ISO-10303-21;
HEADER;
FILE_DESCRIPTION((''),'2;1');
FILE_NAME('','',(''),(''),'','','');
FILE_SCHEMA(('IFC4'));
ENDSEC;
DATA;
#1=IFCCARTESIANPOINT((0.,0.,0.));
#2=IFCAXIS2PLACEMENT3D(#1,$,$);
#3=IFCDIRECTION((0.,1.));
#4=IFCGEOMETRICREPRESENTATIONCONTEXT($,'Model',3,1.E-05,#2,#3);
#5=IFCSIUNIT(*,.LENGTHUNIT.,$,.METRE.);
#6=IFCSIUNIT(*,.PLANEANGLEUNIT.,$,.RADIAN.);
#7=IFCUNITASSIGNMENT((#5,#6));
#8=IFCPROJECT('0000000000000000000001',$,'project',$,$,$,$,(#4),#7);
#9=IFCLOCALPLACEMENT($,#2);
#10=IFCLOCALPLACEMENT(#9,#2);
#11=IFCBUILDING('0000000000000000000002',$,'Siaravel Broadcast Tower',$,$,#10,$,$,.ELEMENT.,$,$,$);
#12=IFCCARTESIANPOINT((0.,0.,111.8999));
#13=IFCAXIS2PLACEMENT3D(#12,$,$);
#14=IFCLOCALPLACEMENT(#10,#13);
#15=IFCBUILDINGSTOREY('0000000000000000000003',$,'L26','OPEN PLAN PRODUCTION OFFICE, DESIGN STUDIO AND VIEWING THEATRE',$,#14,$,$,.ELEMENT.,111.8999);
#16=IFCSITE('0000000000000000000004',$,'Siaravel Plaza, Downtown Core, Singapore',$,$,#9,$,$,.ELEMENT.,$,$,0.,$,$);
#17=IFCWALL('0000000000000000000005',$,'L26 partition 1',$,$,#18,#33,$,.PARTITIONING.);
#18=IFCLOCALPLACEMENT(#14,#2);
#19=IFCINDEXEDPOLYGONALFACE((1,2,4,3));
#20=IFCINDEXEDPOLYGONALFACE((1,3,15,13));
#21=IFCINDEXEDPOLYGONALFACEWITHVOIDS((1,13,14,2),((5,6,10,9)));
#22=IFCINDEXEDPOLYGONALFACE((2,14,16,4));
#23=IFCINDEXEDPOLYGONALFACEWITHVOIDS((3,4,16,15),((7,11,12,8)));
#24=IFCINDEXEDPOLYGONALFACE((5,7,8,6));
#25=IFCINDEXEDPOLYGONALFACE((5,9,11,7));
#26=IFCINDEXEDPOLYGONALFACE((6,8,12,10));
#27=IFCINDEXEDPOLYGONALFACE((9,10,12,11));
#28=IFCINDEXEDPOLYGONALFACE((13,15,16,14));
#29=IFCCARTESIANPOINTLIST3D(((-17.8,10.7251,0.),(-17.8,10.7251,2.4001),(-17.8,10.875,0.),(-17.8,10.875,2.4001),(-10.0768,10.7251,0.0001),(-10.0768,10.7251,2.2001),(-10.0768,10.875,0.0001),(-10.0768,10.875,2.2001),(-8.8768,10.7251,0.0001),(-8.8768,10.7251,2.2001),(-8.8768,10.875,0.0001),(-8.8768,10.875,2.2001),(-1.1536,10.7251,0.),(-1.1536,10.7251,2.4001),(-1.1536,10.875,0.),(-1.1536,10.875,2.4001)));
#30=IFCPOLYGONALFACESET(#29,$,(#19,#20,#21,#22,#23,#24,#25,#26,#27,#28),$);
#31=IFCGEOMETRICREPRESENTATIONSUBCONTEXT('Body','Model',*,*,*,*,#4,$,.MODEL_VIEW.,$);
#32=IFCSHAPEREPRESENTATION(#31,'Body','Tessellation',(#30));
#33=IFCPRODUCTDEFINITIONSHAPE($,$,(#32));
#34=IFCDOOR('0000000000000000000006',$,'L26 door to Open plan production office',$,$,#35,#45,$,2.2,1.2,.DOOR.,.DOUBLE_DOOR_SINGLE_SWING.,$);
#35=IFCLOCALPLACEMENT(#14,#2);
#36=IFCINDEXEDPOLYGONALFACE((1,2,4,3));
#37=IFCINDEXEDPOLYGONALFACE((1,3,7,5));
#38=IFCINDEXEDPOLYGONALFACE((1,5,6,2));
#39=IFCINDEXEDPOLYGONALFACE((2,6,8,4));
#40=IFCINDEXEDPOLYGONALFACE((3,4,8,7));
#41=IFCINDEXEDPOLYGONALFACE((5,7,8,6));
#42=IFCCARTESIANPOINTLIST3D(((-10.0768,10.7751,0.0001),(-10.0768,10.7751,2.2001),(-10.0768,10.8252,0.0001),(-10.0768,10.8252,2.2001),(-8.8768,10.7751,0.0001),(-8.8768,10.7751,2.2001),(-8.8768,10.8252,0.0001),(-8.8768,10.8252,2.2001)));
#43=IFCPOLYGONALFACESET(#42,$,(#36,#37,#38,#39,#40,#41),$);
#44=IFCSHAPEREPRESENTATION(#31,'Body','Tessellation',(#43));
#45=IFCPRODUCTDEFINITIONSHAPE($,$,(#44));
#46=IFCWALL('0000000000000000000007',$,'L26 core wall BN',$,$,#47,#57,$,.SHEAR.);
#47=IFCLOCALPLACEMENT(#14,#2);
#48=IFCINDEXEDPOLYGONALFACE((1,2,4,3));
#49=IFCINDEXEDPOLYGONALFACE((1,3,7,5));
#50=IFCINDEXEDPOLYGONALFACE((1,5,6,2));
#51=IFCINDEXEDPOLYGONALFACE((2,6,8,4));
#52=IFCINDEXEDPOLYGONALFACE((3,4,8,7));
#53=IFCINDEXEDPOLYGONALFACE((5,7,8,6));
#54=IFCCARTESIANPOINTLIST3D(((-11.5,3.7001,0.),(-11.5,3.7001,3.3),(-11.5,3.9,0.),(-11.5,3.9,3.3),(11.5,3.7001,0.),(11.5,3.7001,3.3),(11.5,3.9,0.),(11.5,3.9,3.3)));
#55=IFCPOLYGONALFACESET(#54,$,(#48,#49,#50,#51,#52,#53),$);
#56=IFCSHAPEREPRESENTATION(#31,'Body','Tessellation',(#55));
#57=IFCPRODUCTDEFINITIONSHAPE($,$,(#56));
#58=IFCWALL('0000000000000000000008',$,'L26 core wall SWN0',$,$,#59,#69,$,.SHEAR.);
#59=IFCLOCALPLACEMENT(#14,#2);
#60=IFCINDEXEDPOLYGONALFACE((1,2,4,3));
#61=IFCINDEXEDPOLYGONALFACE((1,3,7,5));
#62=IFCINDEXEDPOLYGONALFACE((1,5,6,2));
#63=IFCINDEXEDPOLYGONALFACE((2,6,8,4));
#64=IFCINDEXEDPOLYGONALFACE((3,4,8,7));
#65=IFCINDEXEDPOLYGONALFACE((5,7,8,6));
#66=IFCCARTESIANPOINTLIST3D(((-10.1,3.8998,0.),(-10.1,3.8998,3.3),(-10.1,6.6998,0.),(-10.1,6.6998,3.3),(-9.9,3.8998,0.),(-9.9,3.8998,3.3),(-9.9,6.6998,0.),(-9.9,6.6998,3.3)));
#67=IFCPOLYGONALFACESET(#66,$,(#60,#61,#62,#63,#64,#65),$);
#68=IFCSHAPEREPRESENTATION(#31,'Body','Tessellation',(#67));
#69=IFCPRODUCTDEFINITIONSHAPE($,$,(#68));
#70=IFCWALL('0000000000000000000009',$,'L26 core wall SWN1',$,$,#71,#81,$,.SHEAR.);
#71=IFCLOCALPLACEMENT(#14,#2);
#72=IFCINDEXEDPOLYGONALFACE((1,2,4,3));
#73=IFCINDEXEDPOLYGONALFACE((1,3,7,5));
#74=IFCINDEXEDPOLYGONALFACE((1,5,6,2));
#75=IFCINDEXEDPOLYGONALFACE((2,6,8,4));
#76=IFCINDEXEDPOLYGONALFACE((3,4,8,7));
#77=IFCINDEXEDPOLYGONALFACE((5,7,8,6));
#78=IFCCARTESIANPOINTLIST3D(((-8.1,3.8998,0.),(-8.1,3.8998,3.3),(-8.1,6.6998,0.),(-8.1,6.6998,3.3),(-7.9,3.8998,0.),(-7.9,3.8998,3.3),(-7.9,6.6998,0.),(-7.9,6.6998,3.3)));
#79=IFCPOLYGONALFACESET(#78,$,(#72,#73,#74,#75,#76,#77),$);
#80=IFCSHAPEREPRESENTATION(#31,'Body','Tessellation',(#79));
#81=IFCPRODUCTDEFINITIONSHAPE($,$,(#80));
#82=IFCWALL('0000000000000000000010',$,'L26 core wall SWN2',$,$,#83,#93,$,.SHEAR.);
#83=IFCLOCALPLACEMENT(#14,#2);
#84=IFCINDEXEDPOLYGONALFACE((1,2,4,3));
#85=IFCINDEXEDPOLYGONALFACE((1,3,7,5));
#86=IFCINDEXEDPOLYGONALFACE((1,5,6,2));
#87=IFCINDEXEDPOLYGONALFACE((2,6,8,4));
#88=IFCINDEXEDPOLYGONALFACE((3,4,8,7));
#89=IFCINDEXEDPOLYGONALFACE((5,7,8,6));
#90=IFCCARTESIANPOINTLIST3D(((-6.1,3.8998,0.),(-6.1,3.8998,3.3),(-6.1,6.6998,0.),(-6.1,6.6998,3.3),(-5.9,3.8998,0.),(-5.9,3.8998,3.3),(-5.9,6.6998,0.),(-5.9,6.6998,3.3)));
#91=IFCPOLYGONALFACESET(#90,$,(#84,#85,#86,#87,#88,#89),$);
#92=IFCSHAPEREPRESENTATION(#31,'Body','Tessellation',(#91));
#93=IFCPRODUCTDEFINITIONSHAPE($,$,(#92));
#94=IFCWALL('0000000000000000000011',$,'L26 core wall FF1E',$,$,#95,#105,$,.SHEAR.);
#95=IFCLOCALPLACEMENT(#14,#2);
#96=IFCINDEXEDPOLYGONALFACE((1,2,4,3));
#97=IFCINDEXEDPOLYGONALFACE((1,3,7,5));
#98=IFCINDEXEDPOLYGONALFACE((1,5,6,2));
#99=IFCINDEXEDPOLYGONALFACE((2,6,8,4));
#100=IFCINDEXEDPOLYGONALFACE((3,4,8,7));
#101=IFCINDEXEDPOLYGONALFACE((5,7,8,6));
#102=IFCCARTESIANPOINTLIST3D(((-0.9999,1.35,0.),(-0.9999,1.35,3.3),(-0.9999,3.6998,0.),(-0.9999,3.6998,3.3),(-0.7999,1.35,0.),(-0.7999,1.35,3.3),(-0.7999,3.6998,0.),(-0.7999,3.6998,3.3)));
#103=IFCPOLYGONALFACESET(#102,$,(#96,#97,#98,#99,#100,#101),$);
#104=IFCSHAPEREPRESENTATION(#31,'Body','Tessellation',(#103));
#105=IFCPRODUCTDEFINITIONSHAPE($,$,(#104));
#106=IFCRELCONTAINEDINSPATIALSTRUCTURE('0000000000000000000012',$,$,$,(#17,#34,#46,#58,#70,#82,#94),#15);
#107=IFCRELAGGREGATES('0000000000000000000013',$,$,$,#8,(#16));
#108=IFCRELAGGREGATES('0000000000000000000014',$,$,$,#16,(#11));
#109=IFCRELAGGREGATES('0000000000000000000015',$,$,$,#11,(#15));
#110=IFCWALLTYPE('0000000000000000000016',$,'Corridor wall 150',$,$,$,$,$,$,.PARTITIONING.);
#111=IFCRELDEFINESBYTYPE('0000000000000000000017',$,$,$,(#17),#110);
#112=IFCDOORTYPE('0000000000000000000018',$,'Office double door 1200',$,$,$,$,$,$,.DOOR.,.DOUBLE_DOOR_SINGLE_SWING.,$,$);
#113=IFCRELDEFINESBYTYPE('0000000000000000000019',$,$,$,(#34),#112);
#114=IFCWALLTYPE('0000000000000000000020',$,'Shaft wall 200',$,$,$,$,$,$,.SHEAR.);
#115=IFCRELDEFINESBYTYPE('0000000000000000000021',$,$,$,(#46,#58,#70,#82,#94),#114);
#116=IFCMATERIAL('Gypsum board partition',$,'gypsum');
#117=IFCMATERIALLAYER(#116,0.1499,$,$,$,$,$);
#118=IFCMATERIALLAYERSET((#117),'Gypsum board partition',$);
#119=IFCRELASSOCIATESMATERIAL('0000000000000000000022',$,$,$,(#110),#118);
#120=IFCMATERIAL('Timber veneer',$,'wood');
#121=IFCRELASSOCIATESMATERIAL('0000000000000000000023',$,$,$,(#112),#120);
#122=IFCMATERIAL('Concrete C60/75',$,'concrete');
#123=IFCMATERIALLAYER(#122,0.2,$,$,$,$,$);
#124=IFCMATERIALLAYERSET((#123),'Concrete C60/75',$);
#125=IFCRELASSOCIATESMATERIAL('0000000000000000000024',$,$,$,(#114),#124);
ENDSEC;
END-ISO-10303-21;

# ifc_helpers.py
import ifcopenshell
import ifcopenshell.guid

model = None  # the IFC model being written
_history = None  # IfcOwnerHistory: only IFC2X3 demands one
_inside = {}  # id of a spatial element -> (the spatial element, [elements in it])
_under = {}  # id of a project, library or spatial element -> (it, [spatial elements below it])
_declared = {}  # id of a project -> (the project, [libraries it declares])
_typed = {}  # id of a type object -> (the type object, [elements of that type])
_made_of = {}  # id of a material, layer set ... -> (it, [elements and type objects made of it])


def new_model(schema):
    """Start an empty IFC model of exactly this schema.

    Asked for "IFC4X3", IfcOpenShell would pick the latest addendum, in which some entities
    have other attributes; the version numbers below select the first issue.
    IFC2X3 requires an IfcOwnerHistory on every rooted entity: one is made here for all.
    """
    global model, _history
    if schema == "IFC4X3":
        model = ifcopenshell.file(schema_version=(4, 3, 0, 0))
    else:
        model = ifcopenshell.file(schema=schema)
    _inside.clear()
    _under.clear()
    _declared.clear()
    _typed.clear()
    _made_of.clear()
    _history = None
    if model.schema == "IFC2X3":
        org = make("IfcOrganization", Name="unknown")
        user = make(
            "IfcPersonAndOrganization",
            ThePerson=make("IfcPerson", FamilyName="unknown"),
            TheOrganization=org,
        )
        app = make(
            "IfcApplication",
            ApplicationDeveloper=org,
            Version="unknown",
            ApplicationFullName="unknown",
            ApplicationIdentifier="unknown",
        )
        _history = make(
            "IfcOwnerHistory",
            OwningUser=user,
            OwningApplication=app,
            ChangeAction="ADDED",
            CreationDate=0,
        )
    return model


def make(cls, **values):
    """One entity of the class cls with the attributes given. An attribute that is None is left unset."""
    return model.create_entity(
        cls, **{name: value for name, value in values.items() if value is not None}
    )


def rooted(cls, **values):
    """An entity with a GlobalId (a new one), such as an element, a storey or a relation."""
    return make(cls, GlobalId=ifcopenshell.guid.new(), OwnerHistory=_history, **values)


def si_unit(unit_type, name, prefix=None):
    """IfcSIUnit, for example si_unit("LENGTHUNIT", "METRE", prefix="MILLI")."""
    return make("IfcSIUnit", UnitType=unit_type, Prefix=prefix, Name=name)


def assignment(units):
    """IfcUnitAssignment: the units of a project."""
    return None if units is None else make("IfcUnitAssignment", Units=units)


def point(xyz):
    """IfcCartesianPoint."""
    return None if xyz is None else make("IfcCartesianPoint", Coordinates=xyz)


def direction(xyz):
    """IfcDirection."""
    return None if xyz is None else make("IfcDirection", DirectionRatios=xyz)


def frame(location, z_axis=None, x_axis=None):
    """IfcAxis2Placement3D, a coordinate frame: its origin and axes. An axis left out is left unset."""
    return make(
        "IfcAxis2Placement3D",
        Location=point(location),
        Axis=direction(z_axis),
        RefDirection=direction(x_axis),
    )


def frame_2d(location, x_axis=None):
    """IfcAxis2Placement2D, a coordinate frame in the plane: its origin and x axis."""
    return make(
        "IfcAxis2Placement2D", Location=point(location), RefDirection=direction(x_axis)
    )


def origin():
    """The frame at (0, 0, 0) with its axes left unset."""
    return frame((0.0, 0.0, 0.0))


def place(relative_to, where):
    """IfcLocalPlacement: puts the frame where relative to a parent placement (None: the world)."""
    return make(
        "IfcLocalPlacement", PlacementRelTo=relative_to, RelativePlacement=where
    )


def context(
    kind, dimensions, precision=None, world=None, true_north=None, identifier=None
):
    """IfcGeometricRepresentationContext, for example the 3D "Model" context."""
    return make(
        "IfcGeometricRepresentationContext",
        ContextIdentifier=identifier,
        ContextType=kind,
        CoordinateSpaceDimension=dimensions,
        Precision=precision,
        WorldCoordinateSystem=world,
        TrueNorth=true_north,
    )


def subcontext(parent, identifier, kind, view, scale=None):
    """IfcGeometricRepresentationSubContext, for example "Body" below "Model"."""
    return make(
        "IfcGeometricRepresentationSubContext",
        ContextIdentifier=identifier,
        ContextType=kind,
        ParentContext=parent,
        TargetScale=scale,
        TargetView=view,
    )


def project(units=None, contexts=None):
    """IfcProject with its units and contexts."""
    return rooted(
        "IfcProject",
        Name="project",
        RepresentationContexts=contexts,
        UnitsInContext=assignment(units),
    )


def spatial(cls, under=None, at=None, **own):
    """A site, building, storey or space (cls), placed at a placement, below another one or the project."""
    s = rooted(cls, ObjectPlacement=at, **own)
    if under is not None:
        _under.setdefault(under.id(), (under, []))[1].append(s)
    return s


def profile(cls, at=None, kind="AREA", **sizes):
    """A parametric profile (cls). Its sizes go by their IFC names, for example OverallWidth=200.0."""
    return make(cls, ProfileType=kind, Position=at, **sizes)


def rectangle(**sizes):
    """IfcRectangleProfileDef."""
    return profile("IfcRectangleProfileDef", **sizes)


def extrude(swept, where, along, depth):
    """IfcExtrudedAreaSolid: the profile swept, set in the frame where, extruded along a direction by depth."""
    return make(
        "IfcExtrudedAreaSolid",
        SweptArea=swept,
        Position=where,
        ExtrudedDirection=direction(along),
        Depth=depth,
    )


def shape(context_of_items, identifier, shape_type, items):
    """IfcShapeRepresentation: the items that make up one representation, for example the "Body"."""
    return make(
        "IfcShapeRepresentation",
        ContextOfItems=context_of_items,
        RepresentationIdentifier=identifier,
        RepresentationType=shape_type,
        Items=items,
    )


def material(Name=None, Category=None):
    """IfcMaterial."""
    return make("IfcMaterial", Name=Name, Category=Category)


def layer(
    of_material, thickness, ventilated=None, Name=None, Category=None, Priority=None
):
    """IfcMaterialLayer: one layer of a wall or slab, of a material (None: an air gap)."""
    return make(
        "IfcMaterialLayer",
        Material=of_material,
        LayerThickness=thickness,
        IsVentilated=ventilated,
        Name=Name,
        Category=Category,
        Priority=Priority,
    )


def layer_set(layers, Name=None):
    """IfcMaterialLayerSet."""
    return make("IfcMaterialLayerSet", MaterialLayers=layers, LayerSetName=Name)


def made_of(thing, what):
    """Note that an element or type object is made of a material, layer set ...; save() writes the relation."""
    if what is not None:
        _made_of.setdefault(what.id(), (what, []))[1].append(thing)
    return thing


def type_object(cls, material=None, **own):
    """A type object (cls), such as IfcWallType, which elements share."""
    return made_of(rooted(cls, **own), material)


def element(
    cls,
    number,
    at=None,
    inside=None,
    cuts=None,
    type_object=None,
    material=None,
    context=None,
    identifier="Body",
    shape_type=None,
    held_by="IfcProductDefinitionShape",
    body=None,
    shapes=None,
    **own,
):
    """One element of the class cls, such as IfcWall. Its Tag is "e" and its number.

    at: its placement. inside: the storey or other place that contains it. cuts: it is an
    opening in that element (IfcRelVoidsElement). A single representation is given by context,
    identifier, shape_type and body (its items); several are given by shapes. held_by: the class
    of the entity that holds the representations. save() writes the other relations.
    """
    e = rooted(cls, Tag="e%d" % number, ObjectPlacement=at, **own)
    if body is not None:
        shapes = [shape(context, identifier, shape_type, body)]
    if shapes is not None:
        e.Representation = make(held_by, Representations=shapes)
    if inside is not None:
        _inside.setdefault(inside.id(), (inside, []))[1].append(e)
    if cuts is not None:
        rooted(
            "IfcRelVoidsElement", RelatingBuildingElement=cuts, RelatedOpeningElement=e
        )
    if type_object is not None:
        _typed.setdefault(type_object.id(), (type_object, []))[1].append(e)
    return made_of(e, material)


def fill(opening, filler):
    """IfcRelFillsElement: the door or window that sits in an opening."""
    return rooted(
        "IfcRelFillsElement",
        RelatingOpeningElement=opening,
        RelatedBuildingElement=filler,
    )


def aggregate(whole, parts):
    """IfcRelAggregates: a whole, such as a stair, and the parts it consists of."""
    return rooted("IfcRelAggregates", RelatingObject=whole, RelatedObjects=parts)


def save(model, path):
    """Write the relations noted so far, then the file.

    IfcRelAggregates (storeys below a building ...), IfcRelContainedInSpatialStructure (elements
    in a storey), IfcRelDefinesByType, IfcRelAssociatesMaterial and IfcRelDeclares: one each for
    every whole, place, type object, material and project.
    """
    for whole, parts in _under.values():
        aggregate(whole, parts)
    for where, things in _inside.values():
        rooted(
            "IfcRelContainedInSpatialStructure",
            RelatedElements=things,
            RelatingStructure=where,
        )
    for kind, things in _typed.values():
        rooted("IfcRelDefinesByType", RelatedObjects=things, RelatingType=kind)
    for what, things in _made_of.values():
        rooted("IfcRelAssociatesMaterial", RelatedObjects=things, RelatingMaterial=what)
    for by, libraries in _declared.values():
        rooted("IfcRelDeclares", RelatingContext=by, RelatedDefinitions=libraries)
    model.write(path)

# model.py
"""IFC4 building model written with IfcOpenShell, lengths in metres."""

from ifc_helpers import new_model, si_unit, direction, frame, frame_2d, origin, place, context, subcontext, project, spatial, rectangle, extrude, material, layer, layer_set, type_object, element, fill, save


model = new_model("IFC4")

# Units and contexts
model_context = context("Model", 3, precision=1e-05, world=origin(), true_north=direction((0.0, 1.0)))
body_context = subcontext(model_context, "Body", "Model", "MODEL_VIEW")
ifc_project = project(units=[si_unit("LENGTHUNIT", "METRE"), si_unit("PLANEANGLEUNIT", "RADIAN")], contexts=[model_context])

# Site, building, storey
site_placement = place(None, origin())
site = spatial("IfcSite", under=ifc_project, at=site_placement, Name="Siaravel Plaza, Downtown Core, Singapore", CompositionType="ELEMENT", RefElevation=0.0)
building_placement = place(site_placement, origin())
building = spatial("IfcBuilding", under=site, at=building_placement, Name="Siaravel Broadcast Tower", CompositionType="ELEMENT")
storey_placement = place(building_placement, frame((0.0, 0.0, 111.8999)))
storey = spatial("IfcBuildingStorey", under=building, at=storey_placement, Name="L26", Description="OPEN PLAN PRODUCTION OFFICE, DESIGN STUDIO AND VIEWING THEATRE", CompositionType="ELEMENT", Elevation=111.8999)

# Shared definitions
ifc_material_1 = material(Name="Concrete C60/75", Category="concrete")
ifc_material_2 = material(Name="Timber veneer", Category="wood")

# Wall, opening, door
ifc_material_3 = material(Name="Gypsum board partition", Category="gypsum")
ifc_layer_1 = layer(ifc_material_3, 0.1499)
ifc_layer_set_1 = layer_set([ifc_layer_1], Name="Gypsum board partition")
wall_type_1 = type_object("IfcWallType", Name="Corridor wall 150", PredefinedType="PARTITIONING", material=ifc_layer_set_1)
wall_1_placement = place(storey_placement, frame((-1.1536, 10.8, 0.0), z_axis=(0.0, 0.0, 1.0), x_axis=(-1.0, 0.0, 0.0)))
wall_1 = element("IfcWall", 1, at=wall_1_placement, inside=storey, type_object=wall_type_1, Name="L26 partition 1", PredefinedType="PARTITIONING", context=body_context, shape_type="SweptSolid", body=[
    extrude(rectangle(XDim=16.6465, YDim=0.1499, at=frame_2d((8.3232, 0.0))), origin(), (0.0, 0.0, 1.0), 2.4001),
])
opening_1_placement = place(wall_1_placement, frame((7.7231, 0.0, 0.0)))
opening_1 = element("IfcOpeningElement", 2, at=opening_1_placement, cuts=wall_1, PredefinedType="OPENING", context=body_context, shape_type="SweptSolid", body=[
    extrude(rectangle(XDim=1.2, YDim=2.2, at=frame_2d((0.6001, 1.1001))), frame((0.0, 0.085, 0.0), z_axis=(0.0, -1.0, 0.0), x_axis=(1.0, 0.0, 0.0)), (0.0, 0.0, 1.0), 0.1699),
])
door_type_1 = type_object("IfcDoorType", Name="Office double door 1200", OperationType="DOUBLE_DOOR_SINGLE_SWING", PredefinedType="DOOR", material=ifc_material_2)
door_1_placement = place(opening_1_placement, origin())
door_1 = element("IfcDoor", 3, at=door_1_placement, inside=storey, type_object=door_type_1, Name="L26 door to Open plan production office", OperationType="DOUBLE_DOOR_SINGLE_SWING", OverallHeight=2.2, OverallWidth=1.2, PredefinedType="DOOR", context=body_context, shape_type="SweptSolid", body=[
    extrude(rectangle(XDim=1.2, YDim=2.2, at=frame_2d((0.6001, 1.1001))), frame((0.0, 0.0249, 0.0), z_axis=(0.0, -1.0, 0.0), x_axis=(1.0, 0.0, 0.0)), (0.0, 0.0, 1.0), 0.05),
])
fill(opening_1, door_1)

# Walls
ifc_layer_2 = layer(ifc_material_1, 0.2)
ifc_layer_set_2 = layer_set([ifc_layer_2], Name="Concrete C60/75")
wall_type_2 = type_object("IfcWallType", Name="Shaft wall 200", PredefinedType="SHEAR", material=ifc_layer_set_2)
wall_2_placement = place(storey_placement, frame((-11.5, 3.8, 0.0), z_axis=(0.0, 0.0, 1.0), x_axis=(1.0, 0.0, 0.0)))
element("IfcWall", 4, at=wall_2_placement, inside=storey, type_object=wall_type_2, Name="L26 core wall BN", PredefinedType="SHEAR", context=body_context, shape_type="SweptSolid", body=[
    extrude(rectangle(XDim=23.0, YDim=0.2, at=frame_2d((11.5, 0.0))), origin(), (0.0, 0.0, 1.0), 3.3),
])
for number, where, z_axis, x_axis, name in (
    (5, (-10.0, 3.8999, 0.0), (0.0, 0.0, 1.0), (0.0, 1.0, 0.0), "L26 core wall SWN0"),
    (6, (-8.0, 3.8999, 0.0), (0.0, 0.0, 1.0), (0.0, 1.0, 0.0), "L26 core wall SWN1"),
    (7, (-6.0, 3.8999, 0.0), (0.0, 0.0, 1.0), (0.0, 1.0, 0.0), "L26 core wall SWN2"),
):
    element("IfcWall", number, at=place(storey_placement, frame(where, z_axis=z_axis, x_axis=x_axis)), inside=storey, type_object=wall_type_2, Name=name, PredefinedType="SHEAR", context=body_context, shape_type="SweptSolid", body=[
        extrude(rectangle(XDim=2.8, YDim=0.2, at=frame_2d((1.3999, 0.0))), origin(), (0.0, 0.0, 1.0), 3.3),
    ])
wall_3_placement = place(storey_placement, frame((-0.8999, 1.3501, 0.0), z_axis=(0.0, 0.0, 1.0), x_axis=(0.0, 1.0, 0.0)))
element("IfcWall", 8, at=wall_3_placement, inside=storey, type_object=wall_type_2, Name="L26 core wall FF1E", PredefinedType="SHEAR", context=body_context, shape_type="SweptSolid", body=[
    extrude(rectangle(XDim=2.3499, YDim=0.2, at=frame_2d((1.1748, 0.0))), origin(), (0.0, 0.0, 1.0), 3.3),
])

save(model, "model.ifc")
